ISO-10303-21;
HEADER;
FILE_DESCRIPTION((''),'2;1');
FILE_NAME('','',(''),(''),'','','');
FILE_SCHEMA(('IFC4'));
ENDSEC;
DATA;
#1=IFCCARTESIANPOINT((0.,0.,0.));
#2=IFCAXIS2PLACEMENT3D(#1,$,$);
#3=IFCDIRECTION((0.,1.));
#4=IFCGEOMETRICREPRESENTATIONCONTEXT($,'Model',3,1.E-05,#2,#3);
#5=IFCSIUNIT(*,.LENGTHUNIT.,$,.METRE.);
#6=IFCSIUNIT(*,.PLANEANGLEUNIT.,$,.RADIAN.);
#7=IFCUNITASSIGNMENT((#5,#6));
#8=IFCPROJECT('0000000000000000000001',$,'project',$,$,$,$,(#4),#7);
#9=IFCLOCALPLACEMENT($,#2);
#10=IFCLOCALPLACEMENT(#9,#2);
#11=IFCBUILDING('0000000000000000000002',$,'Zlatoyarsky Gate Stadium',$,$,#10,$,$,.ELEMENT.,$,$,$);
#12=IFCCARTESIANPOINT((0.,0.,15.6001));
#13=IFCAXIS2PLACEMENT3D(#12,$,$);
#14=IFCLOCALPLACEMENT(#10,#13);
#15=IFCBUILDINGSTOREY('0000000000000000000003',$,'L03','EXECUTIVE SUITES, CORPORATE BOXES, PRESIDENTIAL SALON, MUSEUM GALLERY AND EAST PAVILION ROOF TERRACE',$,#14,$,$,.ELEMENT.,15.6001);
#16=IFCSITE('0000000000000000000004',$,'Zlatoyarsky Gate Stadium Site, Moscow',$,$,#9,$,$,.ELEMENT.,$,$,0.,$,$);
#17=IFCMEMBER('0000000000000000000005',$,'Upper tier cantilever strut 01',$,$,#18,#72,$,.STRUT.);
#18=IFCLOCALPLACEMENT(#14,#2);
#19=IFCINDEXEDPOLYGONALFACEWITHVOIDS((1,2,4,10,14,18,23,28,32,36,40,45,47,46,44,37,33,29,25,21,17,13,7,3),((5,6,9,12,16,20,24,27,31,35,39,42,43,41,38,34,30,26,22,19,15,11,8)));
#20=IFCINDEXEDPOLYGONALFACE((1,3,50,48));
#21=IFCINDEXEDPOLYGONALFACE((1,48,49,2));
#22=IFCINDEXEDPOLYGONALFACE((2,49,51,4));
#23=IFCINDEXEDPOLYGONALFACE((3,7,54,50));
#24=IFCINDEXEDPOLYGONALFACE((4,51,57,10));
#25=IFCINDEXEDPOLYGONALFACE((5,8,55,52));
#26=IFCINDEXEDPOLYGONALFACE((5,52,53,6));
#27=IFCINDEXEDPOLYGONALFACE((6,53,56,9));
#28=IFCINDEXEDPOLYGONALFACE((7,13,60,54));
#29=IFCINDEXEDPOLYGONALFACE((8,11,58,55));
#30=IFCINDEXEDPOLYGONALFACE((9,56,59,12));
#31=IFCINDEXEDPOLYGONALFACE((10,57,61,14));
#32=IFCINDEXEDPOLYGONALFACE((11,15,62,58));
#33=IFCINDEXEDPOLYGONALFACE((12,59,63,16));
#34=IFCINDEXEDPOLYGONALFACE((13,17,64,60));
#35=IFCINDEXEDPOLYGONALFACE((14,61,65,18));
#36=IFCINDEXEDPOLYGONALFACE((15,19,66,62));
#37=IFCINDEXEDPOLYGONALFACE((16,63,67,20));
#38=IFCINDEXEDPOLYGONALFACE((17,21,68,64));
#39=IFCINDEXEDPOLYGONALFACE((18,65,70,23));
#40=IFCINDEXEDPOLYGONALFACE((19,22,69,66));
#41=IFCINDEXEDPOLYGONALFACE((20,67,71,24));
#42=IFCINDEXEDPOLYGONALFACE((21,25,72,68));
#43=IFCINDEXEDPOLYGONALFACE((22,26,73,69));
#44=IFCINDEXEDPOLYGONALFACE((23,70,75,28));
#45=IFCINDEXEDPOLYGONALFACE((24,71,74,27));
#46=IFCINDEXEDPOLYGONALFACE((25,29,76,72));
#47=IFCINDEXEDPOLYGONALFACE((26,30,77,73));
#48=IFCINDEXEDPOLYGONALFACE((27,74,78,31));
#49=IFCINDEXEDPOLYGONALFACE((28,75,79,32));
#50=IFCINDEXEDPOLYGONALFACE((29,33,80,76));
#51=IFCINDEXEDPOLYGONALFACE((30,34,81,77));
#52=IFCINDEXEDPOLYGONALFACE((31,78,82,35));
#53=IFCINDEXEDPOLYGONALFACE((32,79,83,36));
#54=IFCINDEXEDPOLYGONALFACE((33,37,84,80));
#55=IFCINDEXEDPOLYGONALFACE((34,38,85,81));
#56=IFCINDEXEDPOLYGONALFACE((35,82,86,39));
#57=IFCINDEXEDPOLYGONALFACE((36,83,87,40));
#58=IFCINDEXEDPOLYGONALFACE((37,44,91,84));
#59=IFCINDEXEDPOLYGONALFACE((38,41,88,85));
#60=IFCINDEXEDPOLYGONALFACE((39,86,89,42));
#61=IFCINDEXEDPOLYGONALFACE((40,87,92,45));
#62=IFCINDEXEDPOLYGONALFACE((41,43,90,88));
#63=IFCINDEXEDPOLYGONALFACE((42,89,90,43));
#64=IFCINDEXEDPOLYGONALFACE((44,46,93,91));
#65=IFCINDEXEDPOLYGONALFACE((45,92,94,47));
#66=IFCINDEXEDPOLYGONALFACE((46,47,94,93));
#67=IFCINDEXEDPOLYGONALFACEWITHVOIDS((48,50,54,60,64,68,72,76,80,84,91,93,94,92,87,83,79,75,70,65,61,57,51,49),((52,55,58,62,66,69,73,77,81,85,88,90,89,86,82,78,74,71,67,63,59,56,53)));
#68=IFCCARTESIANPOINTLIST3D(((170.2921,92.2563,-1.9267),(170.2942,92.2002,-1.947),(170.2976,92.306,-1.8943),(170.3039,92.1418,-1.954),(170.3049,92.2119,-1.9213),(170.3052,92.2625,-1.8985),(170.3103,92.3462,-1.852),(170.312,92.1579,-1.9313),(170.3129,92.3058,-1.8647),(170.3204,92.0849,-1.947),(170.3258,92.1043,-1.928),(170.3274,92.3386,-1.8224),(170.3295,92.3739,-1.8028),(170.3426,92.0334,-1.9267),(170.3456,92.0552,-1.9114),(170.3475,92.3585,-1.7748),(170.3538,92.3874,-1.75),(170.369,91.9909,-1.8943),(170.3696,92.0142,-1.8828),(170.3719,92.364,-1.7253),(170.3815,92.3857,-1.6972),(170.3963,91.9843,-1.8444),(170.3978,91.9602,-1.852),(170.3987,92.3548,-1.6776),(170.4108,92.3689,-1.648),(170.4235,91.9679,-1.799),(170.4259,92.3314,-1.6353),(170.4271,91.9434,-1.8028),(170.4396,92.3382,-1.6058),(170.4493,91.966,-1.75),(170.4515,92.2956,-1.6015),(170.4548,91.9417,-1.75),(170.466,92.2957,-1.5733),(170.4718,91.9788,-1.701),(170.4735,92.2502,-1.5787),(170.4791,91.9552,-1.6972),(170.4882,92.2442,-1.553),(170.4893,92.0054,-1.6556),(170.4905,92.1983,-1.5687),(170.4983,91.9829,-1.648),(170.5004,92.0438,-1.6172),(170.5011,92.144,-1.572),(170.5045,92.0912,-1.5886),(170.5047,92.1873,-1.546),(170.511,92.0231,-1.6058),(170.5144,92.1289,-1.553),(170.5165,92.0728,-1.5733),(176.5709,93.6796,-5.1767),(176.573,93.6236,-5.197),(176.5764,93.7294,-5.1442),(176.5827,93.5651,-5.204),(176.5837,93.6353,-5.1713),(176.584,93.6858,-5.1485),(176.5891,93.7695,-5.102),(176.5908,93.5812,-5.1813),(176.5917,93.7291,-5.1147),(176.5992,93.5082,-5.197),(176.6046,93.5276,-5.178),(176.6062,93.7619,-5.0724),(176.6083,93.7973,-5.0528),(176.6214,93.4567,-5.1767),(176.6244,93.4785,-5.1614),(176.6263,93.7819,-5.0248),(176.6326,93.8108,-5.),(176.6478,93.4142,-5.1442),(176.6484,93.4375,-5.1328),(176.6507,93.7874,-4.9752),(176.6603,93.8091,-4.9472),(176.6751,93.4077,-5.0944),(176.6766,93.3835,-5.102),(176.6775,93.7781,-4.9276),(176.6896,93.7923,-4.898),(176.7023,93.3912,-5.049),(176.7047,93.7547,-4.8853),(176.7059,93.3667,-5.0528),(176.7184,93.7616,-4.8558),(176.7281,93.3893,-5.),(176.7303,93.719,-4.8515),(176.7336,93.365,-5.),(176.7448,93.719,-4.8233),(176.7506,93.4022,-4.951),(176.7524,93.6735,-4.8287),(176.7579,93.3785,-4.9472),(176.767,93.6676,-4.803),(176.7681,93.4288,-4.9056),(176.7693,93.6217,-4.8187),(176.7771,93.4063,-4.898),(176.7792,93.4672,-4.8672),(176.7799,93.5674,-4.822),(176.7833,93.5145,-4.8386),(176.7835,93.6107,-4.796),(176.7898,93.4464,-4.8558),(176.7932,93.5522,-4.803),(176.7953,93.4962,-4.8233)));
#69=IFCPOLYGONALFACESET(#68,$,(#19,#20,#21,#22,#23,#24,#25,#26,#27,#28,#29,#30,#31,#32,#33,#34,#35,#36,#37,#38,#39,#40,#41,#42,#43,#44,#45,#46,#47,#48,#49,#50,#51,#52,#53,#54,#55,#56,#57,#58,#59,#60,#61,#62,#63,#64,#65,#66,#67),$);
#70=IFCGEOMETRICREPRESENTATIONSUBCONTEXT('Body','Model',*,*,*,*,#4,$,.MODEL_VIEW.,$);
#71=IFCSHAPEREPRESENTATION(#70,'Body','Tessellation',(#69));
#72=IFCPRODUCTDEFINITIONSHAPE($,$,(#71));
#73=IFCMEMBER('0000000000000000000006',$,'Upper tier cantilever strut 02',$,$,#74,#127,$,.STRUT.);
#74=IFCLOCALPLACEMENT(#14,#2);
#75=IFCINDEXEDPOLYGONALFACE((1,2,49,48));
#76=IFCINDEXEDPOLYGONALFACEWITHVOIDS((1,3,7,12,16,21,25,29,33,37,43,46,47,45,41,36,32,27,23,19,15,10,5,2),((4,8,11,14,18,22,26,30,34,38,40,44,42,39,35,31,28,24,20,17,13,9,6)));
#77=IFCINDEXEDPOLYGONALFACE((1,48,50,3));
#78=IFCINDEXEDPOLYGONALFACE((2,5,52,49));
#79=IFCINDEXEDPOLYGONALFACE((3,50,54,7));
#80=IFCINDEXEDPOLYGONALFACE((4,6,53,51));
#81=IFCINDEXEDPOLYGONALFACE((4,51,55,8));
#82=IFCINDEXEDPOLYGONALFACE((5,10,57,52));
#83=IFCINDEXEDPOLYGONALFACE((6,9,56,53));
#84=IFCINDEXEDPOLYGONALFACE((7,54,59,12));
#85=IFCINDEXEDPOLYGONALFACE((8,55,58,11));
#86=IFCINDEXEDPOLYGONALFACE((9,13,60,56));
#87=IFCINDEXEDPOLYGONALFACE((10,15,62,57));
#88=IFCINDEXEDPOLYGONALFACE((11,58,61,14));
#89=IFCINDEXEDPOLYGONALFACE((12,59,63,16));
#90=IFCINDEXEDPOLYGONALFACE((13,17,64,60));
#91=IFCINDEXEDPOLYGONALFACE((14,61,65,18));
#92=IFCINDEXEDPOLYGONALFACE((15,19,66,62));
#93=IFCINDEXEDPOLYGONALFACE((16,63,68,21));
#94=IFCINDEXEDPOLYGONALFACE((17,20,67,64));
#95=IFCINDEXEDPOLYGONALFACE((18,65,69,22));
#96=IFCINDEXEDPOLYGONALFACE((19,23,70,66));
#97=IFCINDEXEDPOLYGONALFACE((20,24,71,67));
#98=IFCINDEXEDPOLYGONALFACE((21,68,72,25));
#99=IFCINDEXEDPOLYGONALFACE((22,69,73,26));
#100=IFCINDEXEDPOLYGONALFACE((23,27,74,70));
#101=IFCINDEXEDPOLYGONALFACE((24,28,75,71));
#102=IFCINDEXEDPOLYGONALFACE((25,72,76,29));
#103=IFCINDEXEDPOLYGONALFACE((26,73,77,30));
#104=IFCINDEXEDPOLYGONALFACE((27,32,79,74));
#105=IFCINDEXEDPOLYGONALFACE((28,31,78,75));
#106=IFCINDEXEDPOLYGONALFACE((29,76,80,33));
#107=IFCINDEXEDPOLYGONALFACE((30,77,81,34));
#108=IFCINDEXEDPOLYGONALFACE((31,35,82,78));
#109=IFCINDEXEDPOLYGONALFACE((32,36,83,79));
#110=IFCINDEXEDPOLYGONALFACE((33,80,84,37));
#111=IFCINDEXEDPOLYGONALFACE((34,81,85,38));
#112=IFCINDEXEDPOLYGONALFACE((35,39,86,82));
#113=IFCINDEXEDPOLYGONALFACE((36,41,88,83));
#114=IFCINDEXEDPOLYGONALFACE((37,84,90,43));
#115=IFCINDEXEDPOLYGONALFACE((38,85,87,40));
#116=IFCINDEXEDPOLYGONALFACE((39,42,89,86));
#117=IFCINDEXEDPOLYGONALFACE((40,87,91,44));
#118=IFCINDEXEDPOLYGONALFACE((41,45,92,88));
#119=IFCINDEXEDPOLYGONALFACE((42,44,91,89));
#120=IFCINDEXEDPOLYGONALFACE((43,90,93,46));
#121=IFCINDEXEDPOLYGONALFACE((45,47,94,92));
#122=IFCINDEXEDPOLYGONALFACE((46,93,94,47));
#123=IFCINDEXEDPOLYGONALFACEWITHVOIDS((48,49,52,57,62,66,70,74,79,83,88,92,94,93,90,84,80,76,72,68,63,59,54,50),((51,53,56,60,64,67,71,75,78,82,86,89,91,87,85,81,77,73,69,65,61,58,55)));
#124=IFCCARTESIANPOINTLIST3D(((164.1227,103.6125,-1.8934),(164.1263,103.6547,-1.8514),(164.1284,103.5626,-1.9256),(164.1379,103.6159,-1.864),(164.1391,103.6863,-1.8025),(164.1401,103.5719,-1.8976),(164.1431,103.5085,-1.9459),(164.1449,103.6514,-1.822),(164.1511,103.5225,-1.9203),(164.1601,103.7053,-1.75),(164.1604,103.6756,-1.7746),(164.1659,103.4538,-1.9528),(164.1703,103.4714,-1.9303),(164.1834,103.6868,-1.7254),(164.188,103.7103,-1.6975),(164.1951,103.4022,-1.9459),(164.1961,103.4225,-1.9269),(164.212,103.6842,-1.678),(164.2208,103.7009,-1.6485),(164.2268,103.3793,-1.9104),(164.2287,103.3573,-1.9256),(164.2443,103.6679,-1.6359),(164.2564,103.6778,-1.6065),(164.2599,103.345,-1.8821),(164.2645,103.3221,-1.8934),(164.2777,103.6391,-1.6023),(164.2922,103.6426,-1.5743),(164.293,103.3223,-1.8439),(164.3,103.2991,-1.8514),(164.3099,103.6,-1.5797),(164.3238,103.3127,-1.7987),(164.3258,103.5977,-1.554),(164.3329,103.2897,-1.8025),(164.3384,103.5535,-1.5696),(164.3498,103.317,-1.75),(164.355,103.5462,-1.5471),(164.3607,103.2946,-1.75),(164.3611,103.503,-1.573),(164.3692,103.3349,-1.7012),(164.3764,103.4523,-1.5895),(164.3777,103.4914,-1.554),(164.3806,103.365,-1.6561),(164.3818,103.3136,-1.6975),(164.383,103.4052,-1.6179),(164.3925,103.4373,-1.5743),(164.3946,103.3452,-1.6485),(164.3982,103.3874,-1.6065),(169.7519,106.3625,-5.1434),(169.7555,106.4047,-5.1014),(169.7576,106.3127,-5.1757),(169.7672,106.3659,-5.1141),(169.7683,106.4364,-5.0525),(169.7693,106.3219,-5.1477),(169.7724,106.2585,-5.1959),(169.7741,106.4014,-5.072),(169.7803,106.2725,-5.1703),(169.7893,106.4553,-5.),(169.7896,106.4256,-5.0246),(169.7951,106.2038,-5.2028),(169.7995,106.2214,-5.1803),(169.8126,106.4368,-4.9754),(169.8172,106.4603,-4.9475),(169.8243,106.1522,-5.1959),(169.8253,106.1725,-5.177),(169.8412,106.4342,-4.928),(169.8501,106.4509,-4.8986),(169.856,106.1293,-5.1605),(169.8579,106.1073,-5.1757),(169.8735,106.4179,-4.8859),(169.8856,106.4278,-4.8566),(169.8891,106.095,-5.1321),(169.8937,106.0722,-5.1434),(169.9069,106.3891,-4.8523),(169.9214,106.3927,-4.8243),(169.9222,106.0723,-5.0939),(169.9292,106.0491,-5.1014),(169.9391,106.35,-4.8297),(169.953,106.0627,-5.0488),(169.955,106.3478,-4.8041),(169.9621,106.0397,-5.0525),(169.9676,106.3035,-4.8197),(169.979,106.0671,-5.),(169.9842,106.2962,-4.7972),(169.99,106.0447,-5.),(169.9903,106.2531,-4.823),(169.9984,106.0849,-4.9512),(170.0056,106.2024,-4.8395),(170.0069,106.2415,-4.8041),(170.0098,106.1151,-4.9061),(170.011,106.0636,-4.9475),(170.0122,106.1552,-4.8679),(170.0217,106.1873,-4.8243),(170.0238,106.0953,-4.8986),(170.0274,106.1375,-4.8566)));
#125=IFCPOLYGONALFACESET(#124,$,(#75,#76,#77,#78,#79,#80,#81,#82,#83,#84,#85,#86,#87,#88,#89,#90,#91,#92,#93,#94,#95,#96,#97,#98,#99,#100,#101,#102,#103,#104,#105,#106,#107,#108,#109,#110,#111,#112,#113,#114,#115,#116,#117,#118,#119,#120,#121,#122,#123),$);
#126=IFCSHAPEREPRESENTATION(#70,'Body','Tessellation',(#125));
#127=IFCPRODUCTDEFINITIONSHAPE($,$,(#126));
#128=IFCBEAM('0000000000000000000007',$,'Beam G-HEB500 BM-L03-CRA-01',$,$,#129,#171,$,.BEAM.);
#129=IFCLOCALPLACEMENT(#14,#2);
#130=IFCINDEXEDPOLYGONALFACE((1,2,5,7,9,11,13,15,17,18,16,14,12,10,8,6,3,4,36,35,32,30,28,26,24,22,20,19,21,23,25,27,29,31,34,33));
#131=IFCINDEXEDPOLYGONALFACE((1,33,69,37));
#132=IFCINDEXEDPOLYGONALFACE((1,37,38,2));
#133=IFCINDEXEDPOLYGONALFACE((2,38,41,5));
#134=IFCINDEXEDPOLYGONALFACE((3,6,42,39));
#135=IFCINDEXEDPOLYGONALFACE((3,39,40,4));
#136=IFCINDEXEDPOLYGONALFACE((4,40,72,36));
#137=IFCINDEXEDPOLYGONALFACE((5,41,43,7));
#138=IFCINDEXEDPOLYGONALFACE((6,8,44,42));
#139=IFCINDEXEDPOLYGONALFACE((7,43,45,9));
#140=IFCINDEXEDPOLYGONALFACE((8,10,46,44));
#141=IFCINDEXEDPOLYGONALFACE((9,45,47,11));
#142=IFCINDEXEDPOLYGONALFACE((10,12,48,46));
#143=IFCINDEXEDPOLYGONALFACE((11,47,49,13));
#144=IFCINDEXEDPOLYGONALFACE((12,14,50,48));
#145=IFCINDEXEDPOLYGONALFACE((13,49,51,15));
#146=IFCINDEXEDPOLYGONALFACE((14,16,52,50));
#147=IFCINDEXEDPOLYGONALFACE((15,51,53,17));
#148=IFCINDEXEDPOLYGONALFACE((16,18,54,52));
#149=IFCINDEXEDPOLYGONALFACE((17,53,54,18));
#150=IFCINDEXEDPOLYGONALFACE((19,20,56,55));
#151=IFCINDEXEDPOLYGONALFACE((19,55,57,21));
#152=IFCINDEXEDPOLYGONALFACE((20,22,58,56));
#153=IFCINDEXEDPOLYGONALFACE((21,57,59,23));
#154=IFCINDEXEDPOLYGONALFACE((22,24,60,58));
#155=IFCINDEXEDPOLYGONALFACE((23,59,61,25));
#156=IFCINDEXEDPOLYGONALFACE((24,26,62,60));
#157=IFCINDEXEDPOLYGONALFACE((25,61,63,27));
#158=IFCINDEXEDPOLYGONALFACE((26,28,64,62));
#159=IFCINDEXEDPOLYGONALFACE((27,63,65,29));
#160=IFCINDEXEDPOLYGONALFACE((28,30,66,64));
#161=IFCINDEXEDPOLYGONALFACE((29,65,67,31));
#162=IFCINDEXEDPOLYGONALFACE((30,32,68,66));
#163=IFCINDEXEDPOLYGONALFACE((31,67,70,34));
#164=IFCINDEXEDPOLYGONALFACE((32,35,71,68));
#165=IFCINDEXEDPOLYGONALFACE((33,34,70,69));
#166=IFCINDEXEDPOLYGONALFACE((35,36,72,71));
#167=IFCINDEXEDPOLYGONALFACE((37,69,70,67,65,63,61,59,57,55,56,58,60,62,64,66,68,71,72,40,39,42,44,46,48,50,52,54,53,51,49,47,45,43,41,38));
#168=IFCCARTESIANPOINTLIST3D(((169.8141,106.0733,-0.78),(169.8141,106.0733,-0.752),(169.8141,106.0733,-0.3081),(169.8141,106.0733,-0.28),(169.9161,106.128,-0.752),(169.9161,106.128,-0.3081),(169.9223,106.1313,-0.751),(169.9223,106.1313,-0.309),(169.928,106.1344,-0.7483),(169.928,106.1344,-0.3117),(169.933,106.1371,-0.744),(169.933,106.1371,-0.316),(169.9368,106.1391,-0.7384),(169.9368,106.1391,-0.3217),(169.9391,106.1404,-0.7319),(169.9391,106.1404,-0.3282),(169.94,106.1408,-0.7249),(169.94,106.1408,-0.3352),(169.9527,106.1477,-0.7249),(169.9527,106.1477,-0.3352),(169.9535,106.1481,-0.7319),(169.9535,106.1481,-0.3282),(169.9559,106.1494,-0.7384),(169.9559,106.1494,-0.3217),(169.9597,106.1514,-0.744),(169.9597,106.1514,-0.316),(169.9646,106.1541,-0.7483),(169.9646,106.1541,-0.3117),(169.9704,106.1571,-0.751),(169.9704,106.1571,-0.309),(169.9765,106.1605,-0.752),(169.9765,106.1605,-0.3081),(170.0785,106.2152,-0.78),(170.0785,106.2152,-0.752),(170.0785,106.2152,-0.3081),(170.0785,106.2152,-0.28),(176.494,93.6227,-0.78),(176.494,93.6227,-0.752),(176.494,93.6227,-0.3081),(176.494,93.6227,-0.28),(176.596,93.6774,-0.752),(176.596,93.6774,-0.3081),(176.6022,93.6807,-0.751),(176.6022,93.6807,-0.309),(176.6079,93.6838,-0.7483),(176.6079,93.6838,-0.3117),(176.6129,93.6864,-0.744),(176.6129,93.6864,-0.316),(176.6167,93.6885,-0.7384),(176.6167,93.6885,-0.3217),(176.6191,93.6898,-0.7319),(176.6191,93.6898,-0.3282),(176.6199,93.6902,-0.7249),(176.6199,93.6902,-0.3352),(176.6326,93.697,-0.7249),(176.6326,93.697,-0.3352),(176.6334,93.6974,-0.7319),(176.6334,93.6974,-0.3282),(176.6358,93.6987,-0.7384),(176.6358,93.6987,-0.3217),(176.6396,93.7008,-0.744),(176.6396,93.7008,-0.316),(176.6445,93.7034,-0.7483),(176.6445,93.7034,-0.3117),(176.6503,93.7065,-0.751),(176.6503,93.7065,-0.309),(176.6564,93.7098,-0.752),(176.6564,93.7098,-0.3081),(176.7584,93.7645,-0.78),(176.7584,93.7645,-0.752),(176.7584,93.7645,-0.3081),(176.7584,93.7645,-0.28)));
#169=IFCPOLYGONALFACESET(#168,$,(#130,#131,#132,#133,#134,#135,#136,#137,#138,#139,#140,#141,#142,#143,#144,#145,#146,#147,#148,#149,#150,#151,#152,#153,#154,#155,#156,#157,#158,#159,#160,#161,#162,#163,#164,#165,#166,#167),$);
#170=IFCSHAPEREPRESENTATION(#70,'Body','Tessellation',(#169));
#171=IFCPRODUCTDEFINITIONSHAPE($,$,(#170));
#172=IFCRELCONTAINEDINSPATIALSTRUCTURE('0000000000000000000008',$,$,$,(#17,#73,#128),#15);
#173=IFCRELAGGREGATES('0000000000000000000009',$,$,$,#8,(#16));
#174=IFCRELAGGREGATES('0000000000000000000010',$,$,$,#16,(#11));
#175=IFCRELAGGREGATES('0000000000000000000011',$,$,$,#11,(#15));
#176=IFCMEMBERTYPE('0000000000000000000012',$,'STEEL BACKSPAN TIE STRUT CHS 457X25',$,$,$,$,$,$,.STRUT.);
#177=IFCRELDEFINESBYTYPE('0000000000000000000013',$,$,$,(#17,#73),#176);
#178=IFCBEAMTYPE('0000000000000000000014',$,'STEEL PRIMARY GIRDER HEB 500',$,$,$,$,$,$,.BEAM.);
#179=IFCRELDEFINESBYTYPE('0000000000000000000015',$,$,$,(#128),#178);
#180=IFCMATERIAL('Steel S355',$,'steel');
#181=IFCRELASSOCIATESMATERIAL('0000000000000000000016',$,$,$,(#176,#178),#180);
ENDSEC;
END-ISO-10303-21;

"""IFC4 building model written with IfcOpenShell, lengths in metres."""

from ifc_helpers import new_model, si_unit, direction, frame, origin, origin_2d, place, context, subcontext, project, spatial, hollow_circle, i_section, extrude, material, material_profile, profile_set, type_object, element, save


model = new_model("IFC4")

# Units and contexts
model_context = context("Model", 3, precision=1e-05, world=origin(), true_north=direction((0.0, 1.0)))
body_context = subcontext(model_context, "Body", "Model", "MODEL_VIEW")
ifc_project = project(units=[si_unit("LENGTHUNIT", "METRE"), si_unit("PLANEANGLEUNIT", "RADIAN")], contexts=[model_context])

# Site, building, storey
site_placement = place(None, origin())
site = spatial("IfcSite", under=ifc_project, at=site_placement, Name="Zlatoyarsky Gate Stadium Site, Moscow", CompositionType="ELEMENT", RefElevation=0.0)
building_placement = place(site_placement, origin())
building = spatial("IfcBuilding", under=site, at=building_placement, Name="Zlatoyarsky Gate Stadium", CompositionType="ELEMENT")
storey_placement = place(building_placement, frame((0.0, 0.0, 15.6001)))
storey = spatial("IfcBuildingStorey", under=building, at=storey_placement, Name="L03", Description="EXECUTIVE SUITES, CORPORATE BOXES, PRESIDENTIAL SALON, MUSEUM GALLERY AND EAST PAVILION ROOF TERRACE", CompositionType="ELEMENT", Elevation=15.6001)

# Shared definitions
ifc_material_1 = material(Name="Steel S355", Category="steel")

# Members
ifc_material_profile_1 = material_profile(ifc_material_1, hollow_circle(Radius=0.2285, WallThickness=0.0249, at=origin_2d()), Name="CHS 457X25")
ifc_profile_set_1 = profile_set([ifc_material_profile_1], Name="Steel S355")
member_type = type_object("IfcMemberType", Name="STEEL BACKSPAN TIE STRUT CHS 457X25", PredefinedType="STRUT", material=ifc_profile_set_1)
member_1_placement = place(storey_placement, frame((176.6831, 93.5879, -5.0), z_axis=(-0.870615, -0.197359, 0.450643), x_axis=(0.22108, -0.975256, 0.0)))
element("IfcMember", 1, at=member_1_placement, inside=storey, type_object=member_type, Name="Upper tier cantilever strut 01", PredefinedType="STRUT", context=body_context, shape_type="SweptSolid", body=[
    extrude(hollow_circle(Radius=0.2285, WallThickness=0.0249, at=origin_2d()), origin(), (0.0, 0.0, 1.0), 7.2119),
])
member_2_placement = place(storey_placement, frame((169.8896, 106.25, -5.0), z_axis=(-0.79758, -0.389641, 0.460484), x_axis=(0.438949, -0.898512, 0.0)))
element("IfcMember", 2, at=member_2_placement, inside=storey, type_object=member_type, Name="Upper tier cantilever strut 02", PredefinedType="STRUT", context=body_context, shape_type="SweptSolid", body=[
    extrude(hollow_circle(Radius=0.2285, WallThickness=0.0249, at=origin_2d()), origin(), (0.0, 0.0, 1.0), 7.0579),
])

# Beam
ifc_material_profile_2 = material_profile(ifc_material_1, i_section(OverallWidth=0.3, OverallDepth=0.5, WebThickness=0.0144, FlangeThickness=0.0281, FilletRadius=0.0271, at=origin_2d()), Name="HEB 500")
ifc_profile_set_2 = profile_set([ifc_material_profile_2], Name="Steel S355")
beam_type_1 = type_object("IfcBeamType", Name="STEEL PRIMARY GIRDER HEB 500", PredefinedType="BEAM", material=ifc_profile_set_2)
beam_1_placement = place(storey_placement, frame((176.6262, 93.6936, -0.53), z_axis=(-0.472767, 0.881187, 0.0), x_axis=(-0.881187, -0.472767, 0.0)))
element("IfcBeam", 3, at=beam_1_placement, inside=storey, type_object=beam_type_1, Name="Beam G-HEB500 BM-L03-CRA-01", PredefinedType="BEAM", context=body_context, shape_type="SweptSolid", body=[
    extrude(i_section(OverallWidth=0.3, OverallDepth=0.5, WebThickness=0.0144, FlangeThickness=0.0281, FilletRadius=0.0271, at=origin_2d()), origin(), (0.0, 0.0, 1.0), 14.1294),
])

save(model, "model.ifc")
